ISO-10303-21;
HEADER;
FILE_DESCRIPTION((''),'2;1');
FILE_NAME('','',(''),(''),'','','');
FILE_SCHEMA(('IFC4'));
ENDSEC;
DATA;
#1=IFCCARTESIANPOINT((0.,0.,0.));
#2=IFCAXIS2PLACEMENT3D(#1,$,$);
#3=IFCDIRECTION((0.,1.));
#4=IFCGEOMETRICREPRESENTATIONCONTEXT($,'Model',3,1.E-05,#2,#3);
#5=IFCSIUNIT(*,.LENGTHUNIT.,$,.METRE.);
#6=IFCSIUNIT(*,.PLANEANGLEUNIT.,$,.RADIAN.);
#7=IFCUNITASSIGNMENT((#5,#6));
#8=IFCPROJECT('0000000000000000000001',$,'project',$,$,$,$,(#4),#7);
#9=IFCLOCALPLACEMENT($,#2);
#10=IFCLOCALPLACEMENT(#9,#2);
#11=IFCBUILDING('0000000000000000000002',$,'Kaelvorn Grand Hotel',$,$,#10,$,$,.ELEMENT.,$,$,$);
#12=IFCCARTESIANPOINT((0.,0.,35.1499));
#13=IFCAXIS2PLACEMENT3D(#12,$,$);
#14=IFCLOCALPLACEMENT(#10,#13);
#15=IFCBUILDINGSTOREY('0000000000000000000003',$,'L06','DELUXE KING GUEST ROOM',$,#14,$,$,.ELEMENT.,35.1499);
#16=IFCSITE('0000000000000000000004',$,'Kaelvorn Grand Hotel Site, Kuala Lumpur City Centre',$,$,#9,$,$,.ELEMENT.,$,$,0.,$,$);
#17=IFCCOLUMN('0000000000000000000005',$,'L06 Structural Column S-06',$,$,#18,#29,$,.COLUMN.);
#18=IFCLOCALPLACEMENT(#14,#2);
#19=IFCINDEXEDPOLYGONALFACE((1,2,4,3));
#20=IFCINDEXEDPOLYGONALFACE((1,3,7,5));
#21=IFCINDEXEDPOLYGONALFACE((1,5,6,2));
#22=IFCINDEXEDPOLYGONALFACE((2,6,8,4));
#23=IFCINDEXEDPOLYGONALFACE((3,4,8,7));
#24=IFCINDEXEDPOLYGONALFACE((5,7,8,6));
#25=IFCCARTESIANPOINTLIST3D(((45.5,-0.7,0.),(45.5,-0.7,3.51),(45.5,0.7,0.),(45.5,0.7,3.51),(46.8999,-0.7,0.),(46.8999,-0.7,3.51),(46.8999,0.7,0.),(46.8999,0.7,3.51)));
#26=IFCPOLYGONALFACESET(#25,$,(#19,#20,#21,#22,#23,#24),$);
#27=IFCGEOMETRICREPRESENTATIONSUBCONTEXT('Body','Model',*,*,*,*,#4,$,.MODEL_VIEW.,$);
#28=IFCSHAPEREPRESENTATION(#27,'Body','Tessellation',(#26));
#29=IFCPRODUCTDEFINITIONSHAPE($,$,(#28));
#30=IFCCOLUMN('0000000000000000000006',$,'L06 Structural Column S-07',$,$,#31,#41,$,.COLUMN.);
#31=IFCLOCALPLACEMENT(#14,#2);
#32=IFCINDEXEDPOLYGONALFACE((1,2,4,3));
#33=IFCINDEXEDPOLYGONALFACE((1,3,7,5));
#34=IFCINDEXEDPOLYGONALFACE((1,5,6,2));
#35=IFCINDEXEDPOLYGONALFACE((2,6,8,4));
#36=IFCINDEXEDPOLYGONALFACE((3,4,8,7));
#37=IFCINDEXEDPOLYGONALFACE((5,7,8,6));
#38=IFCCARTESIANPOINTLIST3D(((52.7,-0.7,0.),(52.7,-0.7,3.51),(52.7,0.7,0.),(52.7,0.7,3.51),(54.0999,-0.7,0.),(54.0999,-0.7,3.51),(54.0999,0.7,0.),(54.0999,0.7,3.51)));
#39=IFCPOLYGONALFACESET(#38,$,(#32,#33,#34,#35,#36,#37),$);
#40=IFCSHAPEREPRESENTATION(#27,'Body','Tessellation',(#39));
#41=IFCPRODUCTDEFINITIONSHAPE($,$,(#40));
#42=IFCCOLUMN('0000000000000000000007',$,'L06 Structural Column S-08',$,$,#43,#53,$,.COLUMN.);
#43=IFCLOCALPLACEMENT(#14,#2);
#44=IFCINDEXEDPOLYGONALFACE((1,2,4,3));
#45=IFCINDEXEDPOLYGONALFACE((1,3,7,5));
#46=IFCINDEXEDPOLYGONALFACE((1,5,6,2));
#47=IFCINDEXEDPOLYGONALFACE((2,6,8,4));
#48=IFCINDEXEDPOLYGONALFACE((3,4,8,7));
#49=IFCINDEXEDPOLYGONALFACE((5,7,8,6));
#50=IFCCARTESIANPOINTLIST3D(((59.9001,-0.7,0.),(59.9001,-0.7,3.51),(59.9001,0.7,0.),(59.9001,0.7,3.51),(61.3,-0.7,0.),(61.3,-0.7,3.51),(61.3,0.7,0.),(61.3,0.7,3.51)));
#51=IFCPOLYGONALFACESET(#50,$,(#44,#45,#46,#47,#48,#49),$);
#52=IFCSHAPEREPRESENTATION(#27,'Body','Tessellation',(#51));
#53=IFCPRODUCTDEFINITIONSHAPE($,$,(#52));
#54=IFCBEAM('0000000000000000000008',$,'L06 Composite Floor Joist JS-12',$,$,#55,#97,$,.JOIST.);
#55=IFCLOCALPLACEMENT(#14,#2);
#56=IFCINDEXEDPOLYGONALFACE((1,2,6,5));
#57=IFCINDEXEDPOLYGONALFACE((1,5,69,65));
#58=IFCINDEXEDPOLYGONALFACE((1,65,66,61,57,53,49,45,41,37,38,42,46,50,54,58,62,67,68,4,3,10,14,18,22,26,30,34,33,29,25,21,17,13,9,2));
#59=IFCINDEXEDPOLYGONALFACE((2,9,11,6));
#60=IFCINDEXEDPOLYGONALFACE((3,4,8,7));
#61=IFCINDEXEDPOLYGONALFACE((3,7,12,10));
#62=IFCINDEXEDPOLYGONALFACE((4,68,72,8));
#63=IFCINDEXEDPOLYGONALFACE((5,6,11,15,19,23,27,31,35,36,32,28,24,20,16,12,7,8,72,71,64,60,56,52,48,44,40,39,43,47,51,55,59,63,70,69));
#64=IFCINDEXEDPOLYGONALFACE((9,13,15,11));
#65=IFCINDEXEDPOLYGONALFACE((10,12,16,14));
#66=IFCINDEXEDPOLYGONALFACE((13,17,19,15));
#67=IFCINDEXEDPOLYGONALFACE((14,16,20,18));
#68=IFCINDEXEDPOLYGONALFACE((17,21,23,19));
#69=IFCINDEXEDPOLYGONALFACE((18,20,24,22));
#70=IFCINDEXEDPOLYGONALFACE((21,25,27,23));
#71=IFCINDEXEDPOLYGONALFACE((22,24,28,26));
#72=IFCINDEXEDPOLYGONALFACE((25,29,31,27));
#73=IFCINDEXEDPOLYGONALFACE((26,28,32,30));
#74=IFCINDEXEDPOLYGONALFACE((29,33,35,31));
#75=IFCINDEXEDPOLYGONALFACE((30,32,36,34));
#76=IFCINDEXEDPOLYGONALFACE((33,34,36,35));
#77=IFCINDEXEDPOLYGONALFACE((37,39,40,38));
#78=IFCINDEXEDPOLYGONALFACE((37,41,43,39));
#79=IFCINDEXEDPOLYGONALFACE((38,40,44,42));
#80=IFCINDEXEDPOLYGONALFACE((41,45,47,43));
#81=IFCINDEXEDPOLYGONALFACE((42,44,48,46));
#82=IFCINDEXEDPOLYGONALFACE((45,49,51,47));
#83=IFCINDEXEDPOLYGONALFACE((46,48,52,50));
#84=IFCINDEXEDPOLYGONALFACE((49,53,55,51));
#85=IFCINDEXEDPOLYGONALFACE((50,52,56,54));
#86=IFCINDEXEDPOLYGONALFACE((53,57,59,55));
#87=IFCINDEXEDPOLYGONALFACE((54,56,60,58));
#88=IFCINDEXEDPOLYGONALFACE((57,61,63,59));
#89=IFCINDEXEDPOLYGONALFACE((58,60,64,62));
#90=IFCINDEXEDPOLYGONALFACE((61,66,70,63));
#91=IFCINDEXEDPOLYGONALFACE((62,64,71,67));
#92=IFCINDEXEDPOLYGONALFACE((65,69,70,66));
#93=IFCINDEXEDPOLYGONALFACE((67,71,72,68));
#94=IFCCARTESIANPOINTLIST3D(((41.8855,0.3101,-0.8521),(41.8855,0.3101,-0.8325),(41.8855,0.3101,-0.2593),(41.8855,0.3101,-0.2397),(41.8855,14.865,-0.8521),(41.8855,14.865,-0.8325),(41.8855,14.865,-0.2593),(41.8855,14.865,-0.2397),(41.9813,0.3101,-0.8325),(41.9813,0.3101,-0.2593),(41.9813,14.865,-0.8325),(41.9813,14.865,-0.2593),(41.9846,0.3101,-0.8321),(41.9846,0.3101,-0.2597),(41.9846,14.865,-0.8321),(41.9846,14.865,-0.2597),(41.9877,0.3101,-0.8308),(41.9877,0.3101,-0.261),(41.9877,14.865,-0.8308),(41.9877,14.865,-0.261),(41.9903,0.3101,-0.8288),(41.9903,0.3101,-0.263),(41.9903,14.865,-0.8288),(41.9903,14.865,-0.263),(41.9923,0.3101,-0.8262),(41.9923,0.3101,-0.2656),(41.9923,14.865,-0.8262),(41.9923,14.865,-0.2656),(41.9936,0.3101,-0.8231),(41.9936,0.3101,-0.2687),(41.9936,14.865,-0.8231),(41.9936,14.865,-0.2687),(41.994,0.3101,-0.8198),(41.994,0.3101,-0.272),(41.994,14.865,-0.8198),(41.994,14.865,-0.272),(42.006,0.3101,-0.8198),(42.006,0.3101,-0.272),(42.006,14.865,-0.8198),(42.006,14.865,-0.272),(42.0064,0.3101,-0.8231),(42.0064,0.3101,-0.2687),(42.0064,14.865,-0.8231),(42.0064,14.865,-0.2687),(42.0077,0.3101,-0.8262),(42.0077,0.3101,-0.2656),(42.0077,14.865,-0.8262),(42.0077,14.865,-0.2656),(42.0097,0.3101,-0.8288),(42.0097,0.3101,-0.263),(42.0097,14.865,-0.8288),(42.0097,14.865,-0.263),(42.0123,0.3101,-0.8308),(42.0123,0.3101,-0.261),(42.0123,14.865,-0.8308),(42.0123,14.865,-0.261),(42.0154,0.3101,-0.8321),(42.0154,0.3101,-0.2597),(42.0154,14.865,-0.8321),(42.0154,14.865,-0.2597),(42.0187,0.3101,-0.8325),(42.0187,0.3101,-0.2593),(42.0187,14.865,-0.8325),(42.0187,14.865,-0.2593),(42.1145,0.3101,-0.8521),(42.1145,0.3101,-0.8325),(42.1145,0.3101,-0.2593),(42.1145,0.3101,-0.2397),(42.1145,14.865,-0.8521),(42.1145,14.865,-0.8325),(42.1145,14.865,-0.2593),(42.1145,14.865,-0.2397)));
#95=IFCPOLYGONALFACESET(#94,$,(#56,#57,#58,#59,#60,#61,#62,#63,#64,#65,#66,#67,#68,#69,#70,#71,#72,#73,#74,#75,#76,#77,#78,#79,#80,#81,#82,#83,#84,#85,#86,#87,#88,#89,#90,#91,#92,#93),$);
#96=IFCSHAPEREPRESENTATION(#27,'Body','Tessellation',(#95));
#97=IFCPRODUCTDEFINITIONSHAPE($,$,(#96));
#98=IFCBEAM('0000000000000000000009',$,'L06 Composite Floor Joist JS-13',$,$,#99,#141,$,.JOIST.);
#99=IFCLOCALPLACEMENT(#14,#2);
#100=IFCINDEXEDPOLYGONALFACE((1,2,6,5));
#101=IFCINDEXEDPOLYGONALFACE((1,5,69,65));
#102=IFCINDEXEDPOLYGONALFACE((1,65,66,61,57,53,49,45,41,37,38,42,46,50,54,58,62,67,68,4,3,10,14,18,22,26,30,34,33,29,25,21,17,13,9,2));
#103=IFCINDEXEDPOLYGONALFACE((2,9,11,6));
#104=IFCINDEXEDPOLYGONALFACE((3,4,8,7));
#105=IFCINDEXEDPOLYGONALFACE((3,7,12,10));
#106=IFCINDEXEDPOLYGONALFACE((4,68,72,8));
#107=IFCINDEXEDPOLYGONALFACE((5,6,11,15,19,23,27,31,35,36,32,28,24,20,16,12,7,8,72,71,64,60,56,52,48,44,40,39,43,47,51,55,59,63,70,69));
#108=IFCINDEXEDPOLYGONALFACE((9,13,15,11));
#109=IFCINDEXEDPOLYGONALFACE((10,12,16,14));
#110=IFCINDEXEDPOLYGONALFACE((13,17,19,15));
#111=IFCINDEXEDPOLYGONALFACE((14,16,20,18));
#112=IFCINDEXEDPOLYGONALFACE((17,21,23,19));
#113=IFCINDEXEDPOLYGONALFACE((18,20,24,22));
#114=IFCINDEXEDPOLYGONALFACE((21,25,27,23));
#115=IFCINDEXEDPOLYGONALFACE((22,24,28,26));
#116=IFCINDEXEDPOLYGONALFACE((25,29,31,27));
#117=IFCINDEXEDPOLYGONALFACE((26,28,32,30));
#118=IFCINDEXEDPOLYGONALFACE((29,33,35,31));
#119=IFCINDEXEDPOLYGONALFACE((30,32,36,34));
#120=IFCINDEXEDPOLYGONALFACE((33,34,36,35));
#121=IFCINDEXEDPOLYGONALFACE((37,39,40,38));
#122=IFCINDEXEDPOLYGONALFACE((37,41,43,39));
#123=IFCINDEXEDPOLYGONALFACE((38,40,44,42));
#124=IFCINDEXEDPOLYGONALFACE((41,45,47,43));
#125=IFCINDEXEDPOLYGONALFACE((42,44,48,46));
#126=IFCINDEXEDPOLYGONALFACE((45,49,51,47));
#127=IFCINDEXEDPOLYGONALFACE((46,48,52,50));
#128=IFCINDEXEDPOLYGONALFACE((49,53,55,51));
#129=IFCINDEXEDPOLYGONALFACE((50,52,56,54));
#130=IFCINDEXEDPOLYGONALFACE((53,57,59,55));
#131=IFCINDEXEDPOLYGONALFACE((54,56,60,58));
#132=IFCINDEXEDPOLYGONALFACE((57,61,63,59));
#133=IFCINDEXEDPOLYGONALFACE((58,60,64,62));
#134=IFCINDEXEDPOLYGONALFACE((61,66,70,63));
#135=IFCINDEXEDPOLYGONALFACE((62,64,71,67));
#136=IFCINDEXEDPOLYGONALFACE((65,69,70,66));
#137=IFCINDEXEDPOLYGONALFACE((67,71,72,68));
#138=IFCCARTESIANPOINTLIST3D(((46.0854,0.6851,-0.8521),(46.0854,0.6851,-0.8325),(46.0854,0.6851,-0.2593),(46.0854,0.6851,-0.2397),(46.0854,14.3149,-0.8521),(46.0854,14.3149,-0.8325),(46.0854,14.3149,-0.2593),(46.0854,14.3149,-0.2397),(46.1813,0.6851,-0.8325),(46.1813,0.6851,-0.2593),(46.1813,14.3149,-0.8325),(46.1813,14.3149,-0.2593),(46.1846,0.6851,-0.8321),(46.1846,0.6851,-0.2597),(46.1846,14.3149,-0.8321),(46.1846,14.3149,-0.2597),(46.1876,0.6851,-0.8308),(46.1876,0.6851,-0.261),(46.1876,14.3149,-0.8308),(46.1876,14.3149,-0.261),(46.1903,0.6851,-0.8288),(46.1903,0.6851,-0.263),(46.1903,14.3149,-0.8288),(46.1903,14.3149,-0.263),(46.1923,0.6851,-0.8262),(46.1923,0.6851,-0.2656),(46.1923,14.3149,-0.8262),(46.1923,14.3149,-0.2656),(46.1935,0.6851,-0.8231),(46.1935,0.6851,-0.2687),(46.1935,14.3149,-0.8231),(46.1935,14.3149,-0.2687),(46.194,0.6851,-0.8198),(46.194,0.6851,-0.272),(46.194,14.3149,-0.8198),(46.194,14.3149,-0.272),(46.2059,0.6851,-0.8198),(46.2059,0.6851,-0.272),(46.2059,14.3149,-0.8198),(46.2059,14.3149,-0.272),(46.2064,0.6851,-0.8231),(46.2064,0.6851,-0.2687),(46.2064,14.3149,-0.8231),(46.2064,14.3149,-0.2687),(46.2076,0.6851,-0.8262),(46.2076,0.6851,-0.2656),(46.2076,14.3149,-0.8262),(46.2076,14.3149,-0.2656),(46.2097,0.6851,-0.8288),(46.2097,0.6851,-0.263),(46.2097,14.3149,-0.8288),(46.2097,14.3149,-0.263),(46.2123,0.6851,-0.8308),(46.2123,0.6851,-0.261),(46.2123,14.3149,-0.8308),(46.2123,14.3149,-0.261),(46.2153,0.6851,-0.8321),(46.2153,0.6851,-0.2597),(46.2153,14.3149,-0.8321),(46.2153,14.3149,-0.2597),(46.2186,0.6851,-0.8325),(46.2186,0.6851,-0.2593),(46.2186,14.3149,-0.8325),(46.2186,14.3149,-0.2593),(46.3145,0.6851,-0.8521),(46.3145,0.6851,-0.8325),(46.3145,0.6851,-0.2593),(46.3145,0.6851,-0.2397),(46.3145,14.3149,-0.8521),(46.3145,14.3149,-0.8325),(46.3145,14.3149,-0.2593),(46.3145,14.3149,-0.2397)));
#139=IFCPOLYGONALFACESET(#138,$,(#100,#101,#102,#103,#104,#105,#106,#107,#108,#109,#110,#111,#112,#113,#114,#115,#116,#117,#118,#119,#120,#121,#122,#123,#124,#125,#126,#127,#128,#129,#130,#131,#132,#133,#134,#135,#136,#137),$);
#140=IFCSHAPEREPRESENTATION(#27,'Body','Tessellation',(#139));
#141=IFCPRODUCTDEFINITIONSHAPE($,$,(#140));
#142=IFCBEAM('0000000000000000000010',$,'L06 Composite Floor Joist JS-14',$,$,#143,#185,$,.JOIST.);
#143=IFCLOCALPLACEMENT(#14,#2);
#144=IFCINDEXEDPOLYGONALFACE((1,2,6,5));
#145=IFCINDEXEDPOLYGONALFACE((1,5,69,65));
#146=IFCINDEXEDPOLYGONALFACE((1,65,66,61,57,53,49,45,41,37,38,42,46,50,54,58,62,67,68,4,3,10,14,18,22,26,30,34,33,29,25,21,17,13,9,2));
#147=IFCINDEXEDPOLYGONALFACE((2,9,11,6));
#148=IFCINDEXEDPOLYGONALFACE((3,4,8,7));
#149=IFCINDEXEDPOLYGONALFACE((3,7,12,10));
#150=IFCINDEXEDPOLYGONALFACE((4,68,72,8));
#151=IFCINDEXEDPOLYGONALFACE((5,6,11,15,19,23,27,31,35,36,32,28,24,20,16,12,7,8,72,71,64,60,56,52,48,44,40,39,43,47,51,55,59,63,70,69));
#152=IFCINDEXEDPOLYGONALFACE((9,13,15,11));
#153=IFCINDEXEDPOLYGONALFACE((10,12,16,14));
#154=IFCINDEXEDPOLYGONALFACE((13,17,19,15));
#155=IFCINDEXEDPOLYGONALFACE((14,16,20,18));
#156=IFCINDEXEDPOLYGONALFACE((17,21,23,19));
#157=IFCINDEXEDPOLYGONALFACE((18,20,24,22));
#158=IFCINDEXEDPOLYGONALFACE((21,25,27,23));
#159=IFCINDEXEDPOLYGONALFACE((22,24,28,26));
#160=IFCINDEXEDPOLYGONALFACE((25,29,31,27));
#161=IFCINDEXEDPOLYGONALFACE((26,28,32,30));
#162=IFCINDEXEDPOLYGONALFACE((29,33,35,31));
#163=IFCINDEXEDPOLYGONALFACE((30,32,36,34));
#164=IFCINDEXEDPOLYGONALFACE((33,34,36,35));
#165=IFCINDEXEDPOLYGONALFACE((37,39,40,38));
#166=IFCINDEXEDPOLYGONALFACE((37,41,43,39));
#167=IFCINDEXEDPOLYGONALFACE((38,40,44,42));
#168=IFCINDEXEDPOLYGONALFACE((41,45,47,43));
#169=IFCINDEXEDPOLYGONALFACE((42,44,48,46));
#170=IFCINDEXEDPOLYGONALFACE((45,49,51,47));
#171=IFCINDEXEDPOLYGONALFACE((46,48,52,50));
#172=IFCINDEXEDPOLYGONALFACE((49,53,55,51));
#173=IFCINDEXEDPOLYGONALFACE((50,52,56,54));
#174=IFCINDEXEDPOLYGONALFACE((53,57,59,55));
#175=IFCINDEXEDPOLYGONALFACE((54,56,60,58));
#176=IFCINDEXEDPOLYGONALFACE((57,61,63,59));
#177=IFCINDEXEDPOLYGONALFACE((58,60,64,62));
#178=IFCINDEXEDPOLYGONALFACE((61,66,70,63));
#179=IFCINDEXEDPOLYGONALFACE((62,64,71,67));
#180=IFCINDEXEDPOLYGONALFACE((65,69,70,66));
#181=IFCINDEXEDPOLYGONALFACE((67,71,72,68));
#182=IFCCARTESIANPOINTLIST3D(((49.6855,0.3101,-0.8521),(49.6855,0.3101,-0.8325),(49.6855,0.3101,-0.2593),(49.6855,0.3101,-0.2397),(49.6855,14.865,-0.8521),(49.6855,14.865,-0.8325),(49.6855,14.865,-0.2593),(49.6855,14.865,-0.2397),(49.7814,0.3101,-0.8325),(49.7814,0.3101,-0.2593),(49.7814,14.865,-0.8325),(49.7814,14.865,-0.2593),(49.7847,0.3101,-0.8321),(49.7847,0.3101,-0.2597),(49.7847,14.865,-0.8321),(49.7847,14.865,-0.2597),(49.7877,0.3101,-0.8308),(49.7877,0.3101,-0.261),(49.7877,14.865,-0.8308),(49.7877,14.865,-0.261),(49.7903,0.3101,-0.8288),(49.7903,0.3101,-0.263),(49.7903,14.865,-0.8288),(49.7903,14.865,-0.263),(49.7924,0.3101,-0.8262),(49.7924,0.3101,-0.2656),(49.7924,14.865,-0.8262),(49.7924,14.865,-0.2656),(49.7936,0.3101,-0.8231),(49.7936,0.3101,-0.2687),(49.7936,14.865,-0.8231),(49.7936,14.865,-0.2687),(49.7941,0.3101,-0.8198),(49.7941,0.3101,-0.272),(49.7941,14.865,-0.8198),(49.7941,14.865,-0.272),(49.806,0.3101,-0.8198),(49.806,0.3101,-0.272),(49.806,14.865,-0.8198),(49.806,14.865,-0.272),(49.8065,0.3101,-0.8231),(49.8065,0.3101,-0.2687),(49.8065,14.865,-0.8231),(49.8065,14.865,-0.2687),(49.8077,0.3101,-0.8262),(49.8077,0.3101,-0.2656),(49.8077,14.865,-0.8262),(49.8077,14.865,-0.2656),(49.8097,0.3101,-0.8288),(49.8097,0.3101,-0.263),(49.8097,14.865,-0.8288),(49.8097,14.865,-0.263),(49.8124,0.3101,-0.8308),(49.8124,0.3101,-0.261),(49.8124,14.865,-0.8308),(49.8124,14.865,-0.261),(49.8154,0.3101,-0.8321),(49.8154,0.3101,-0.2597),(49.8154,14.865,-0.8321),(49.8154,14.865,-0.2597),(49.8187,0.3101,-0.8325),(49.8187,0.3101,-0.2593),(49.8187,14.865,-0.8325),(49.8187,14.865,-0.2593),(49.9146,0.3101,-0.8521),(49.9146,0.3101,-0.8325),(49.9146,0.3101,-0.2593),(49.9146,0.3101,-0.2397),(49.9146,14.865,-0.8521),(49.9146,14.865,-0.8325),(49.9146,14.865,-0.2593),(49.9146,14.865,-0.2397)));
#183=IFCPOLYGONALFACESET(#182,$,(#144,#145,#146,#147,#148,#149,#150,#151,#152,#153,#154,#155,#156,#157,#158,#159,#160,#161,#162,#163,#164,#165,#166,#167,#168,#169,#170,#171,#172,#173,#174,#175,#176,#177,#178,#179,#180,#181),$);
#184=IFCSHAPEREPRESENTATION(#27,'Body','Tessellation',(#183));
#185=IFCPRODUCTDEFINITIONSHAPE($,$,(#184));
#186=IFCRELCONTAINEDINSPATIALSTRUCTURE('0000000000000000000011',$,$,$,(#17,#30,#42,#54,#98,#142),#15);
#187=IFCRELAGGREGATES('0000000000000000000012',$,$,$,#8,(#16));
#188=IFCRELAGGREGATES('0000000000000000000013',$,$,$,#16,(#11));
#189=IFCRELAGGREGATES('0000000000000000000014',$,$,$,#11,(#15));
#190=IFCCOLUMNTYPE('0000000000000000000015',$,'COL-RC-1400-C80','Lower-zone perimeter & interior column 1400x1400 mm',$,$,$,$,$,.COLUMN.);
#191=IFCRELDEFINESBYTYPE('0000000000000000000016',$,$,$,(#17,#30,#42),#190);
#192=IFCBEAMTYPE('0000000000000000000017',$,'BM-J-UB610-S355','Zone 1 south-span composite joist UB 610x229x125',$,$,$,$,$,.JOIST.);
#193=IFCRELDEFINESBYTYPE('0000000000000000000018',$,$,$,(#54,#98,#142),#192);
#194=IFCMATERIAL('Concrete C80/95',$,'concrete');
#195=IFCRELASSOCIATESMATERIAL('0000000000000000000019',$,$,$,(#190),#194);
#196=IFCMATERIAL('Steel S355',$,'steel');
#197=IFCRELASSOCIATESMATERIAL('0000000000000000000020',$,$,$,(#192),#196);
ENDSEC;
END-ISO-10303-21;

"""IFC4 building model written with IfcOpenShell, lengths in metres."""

from ifc_helpers import new_model, si_unit, direction, frame, origin, origin_2d, place, context, subcontext, project, spatial, rectangle, i_section, extrude, material, material_profile, profile_set, type_object, element, save


model = new_model("IFC4")

# Units and contexts
model_context = context("Model", 3, precision=1e-05, world=origin(), true_north=direction((0.0, 1.0)))
body_context = subcontext(model_context, "Body", "Model", "MODEL_VIEW")
ifc_project = project(units=[si_unit("LENGTHUNIT", "METRE"), si_unit("PLANEANGLEUNIT", "RADIAN")], contexts=[model_context])

# Site, building, storey
site_placement = place(None, origin())
site = spatial("IfcSite", under=ifc_project, at=site_placement, Name="Kaelvorn Grand Hotel Site, Kuala Lumpur City Centre", CompositionType="ELEMENT", RefElevation=0.0)
building_placement = place(site_placement, origin())
building = spatial("IfcBuilding", under=site, at=building_placement, Name="Kaelvorn Grand Hotel", CompositionType="ELEMENT")
storey_placement = place(building_placement, frame((0.0, 0.0, 35.1499)))
storey = spatial("IfcBuildingStorey", under=building, at=storey_placement, Name="L06", Description="DELUXE KING GUEST ROOM", CompositionType="ELEMENT", Elevation=35.1499)

# Columns
ifc_material_1 = material(Name="Concrete C80/95", Category="concrete")
ifc_material_profile_1 = material_profile(ifc_material_1, rectangle(XDim=1.3999, YDim=1.3999, at=origin_2d()), Name="RC COL 1400x1400")
ifc_profile_set_1 = profile_set([ifc_material_profile_1], Name="Concrete C80/95")
column_type = type_object("IfcColumnType", Name="COL-RC-1400-C80", Description="Lower-zone perimeter & interior column 1400x1400 mm", PredefinedType="COLUMN", material=ifc_profile_set_1)
for number, where, z_axis, x_axis, name in (
    (1, (46.2, 0.0, 0.0), (0.0, 0.0, 1.0), (1.0, 0.0, 0.0), "L06 Structural Column S-06"),
    (2, (53.3999, 0.0, 0.0), (0.0, 0.0, 1.0), (1.0, 0.0, 0.0), "L06 Structural Column S-07"),
    (3, (60.6001, 0.0, 0.0), (0.0, 0.0, 1.0), (1.0, 0.0, 0.0), "L06 Structural Column S-08"),
):
    element("IfcColumn", number, at=place(storey_placement, frame(where, z_axis=z_axis, x_axis=x_axis)), inside=storey, type_object=column_type, Name=name, PredefinedType="COLUMN", context=body_context, shape_type="SweptSolid", body=[
        extrude(rectangle(XDim=1.3999, YDim=1.3999, at=origin_2d()), origin(), (0.0, 0.0, 1.0), 3.51),
    ])

# Beams
ifc_material_2 = material(Name="Steel S355", Category="steel")
ifc_material_profile_2 = material_profile(ifc_material_2, i_section(OverallWidth=0.229, OverallDepth=0.6123, WebThickness=0.012, FlangeThickness=0.0195, FilletRadius=0.0127, at=origin_2d()), Name="UB 610x229x125")
ifc_profile_set_2 = profile_set([ifc_material_profile_2], Name="Steel S355")
beam_type_1 = type_object("IfcBeamType", Name="BM-J-UB610-S355", Description="Zone 1 south-span composite joist UB 610x229x125", PredefinedType="JOIST", material=ifc_profile_set_2)
beam_1_placement = place(storey_placement, frame((42.0, 0.3101, -0.5459), z_axis=(0.0, 1.0, 0.0), x_axis=(-1.0, 0.0, 0.0)))
element("IfcBeam", 4, at=beam_1_placement, inside=storey, type_object=beam_type_1, Name="L06 Composite Floor Joist JS-12", PredefinedType="JOIST", context=body_context, shape_type="SweptSolid", body=[
    extrude(i_section(OverallWidth=0.229, OverallDepth=0.6123, WebThickness=0.012, FlangeThickness=0.0195, FilletRadius=0.0127, at=origin_2d()), origin(), (0.0, 0.0, 1.0), 14.5549),
])
beam_2_placement = place(storey_placement, frame((46.2, 0.6851, -0.5459), z_axis=(0.0, 1.0, 0.0), x_axis=(-1.0, 0.0, 0.0)))
element("IfcBeam", 5, at=beam_2_placement, inside=storey, type_object=beam_type_1, Name="L06 Composite Floor Joist JS-13", PredefinedType="JOIST", context=body_context, shape_type="SweptSolid", body=[
    extrude(i_section(OverallWidth=0.229, OverallDepth=0.6123, WebThickness=0.012, FlangeThickness=0.0195, FilletRadius=0.0127, at=origin_2d()), origin(), (0.0, 0.0, 1.0), 13.6299),
])
beam_3_placement = place(storey_placement, frame((49.8, 0.3101, -0.5459), z_axis=(0.0, 1.0, 0.0), x_axis=(-1.0, 0.0, 0.0)))
element("IfcBeam", 6, at=beam_3_placement, inside=storey, type_object=beam_type_1, Name="L06 Composite Floor Joist JS-14", PredefinedType="JOIST", context=body_context, shape_type="SweptSolid", body=[
    extrude(i_section(OverallWidth=0.229, OverallDepth=0.6123, WebThickness=0.012, FlangeThickness=0.0195, FilletRadius=0.0127, at=origin_2d()), origin(), (0.0, 0.0, 1.0), 14.5549),
])

save(model, "model.ifc")
